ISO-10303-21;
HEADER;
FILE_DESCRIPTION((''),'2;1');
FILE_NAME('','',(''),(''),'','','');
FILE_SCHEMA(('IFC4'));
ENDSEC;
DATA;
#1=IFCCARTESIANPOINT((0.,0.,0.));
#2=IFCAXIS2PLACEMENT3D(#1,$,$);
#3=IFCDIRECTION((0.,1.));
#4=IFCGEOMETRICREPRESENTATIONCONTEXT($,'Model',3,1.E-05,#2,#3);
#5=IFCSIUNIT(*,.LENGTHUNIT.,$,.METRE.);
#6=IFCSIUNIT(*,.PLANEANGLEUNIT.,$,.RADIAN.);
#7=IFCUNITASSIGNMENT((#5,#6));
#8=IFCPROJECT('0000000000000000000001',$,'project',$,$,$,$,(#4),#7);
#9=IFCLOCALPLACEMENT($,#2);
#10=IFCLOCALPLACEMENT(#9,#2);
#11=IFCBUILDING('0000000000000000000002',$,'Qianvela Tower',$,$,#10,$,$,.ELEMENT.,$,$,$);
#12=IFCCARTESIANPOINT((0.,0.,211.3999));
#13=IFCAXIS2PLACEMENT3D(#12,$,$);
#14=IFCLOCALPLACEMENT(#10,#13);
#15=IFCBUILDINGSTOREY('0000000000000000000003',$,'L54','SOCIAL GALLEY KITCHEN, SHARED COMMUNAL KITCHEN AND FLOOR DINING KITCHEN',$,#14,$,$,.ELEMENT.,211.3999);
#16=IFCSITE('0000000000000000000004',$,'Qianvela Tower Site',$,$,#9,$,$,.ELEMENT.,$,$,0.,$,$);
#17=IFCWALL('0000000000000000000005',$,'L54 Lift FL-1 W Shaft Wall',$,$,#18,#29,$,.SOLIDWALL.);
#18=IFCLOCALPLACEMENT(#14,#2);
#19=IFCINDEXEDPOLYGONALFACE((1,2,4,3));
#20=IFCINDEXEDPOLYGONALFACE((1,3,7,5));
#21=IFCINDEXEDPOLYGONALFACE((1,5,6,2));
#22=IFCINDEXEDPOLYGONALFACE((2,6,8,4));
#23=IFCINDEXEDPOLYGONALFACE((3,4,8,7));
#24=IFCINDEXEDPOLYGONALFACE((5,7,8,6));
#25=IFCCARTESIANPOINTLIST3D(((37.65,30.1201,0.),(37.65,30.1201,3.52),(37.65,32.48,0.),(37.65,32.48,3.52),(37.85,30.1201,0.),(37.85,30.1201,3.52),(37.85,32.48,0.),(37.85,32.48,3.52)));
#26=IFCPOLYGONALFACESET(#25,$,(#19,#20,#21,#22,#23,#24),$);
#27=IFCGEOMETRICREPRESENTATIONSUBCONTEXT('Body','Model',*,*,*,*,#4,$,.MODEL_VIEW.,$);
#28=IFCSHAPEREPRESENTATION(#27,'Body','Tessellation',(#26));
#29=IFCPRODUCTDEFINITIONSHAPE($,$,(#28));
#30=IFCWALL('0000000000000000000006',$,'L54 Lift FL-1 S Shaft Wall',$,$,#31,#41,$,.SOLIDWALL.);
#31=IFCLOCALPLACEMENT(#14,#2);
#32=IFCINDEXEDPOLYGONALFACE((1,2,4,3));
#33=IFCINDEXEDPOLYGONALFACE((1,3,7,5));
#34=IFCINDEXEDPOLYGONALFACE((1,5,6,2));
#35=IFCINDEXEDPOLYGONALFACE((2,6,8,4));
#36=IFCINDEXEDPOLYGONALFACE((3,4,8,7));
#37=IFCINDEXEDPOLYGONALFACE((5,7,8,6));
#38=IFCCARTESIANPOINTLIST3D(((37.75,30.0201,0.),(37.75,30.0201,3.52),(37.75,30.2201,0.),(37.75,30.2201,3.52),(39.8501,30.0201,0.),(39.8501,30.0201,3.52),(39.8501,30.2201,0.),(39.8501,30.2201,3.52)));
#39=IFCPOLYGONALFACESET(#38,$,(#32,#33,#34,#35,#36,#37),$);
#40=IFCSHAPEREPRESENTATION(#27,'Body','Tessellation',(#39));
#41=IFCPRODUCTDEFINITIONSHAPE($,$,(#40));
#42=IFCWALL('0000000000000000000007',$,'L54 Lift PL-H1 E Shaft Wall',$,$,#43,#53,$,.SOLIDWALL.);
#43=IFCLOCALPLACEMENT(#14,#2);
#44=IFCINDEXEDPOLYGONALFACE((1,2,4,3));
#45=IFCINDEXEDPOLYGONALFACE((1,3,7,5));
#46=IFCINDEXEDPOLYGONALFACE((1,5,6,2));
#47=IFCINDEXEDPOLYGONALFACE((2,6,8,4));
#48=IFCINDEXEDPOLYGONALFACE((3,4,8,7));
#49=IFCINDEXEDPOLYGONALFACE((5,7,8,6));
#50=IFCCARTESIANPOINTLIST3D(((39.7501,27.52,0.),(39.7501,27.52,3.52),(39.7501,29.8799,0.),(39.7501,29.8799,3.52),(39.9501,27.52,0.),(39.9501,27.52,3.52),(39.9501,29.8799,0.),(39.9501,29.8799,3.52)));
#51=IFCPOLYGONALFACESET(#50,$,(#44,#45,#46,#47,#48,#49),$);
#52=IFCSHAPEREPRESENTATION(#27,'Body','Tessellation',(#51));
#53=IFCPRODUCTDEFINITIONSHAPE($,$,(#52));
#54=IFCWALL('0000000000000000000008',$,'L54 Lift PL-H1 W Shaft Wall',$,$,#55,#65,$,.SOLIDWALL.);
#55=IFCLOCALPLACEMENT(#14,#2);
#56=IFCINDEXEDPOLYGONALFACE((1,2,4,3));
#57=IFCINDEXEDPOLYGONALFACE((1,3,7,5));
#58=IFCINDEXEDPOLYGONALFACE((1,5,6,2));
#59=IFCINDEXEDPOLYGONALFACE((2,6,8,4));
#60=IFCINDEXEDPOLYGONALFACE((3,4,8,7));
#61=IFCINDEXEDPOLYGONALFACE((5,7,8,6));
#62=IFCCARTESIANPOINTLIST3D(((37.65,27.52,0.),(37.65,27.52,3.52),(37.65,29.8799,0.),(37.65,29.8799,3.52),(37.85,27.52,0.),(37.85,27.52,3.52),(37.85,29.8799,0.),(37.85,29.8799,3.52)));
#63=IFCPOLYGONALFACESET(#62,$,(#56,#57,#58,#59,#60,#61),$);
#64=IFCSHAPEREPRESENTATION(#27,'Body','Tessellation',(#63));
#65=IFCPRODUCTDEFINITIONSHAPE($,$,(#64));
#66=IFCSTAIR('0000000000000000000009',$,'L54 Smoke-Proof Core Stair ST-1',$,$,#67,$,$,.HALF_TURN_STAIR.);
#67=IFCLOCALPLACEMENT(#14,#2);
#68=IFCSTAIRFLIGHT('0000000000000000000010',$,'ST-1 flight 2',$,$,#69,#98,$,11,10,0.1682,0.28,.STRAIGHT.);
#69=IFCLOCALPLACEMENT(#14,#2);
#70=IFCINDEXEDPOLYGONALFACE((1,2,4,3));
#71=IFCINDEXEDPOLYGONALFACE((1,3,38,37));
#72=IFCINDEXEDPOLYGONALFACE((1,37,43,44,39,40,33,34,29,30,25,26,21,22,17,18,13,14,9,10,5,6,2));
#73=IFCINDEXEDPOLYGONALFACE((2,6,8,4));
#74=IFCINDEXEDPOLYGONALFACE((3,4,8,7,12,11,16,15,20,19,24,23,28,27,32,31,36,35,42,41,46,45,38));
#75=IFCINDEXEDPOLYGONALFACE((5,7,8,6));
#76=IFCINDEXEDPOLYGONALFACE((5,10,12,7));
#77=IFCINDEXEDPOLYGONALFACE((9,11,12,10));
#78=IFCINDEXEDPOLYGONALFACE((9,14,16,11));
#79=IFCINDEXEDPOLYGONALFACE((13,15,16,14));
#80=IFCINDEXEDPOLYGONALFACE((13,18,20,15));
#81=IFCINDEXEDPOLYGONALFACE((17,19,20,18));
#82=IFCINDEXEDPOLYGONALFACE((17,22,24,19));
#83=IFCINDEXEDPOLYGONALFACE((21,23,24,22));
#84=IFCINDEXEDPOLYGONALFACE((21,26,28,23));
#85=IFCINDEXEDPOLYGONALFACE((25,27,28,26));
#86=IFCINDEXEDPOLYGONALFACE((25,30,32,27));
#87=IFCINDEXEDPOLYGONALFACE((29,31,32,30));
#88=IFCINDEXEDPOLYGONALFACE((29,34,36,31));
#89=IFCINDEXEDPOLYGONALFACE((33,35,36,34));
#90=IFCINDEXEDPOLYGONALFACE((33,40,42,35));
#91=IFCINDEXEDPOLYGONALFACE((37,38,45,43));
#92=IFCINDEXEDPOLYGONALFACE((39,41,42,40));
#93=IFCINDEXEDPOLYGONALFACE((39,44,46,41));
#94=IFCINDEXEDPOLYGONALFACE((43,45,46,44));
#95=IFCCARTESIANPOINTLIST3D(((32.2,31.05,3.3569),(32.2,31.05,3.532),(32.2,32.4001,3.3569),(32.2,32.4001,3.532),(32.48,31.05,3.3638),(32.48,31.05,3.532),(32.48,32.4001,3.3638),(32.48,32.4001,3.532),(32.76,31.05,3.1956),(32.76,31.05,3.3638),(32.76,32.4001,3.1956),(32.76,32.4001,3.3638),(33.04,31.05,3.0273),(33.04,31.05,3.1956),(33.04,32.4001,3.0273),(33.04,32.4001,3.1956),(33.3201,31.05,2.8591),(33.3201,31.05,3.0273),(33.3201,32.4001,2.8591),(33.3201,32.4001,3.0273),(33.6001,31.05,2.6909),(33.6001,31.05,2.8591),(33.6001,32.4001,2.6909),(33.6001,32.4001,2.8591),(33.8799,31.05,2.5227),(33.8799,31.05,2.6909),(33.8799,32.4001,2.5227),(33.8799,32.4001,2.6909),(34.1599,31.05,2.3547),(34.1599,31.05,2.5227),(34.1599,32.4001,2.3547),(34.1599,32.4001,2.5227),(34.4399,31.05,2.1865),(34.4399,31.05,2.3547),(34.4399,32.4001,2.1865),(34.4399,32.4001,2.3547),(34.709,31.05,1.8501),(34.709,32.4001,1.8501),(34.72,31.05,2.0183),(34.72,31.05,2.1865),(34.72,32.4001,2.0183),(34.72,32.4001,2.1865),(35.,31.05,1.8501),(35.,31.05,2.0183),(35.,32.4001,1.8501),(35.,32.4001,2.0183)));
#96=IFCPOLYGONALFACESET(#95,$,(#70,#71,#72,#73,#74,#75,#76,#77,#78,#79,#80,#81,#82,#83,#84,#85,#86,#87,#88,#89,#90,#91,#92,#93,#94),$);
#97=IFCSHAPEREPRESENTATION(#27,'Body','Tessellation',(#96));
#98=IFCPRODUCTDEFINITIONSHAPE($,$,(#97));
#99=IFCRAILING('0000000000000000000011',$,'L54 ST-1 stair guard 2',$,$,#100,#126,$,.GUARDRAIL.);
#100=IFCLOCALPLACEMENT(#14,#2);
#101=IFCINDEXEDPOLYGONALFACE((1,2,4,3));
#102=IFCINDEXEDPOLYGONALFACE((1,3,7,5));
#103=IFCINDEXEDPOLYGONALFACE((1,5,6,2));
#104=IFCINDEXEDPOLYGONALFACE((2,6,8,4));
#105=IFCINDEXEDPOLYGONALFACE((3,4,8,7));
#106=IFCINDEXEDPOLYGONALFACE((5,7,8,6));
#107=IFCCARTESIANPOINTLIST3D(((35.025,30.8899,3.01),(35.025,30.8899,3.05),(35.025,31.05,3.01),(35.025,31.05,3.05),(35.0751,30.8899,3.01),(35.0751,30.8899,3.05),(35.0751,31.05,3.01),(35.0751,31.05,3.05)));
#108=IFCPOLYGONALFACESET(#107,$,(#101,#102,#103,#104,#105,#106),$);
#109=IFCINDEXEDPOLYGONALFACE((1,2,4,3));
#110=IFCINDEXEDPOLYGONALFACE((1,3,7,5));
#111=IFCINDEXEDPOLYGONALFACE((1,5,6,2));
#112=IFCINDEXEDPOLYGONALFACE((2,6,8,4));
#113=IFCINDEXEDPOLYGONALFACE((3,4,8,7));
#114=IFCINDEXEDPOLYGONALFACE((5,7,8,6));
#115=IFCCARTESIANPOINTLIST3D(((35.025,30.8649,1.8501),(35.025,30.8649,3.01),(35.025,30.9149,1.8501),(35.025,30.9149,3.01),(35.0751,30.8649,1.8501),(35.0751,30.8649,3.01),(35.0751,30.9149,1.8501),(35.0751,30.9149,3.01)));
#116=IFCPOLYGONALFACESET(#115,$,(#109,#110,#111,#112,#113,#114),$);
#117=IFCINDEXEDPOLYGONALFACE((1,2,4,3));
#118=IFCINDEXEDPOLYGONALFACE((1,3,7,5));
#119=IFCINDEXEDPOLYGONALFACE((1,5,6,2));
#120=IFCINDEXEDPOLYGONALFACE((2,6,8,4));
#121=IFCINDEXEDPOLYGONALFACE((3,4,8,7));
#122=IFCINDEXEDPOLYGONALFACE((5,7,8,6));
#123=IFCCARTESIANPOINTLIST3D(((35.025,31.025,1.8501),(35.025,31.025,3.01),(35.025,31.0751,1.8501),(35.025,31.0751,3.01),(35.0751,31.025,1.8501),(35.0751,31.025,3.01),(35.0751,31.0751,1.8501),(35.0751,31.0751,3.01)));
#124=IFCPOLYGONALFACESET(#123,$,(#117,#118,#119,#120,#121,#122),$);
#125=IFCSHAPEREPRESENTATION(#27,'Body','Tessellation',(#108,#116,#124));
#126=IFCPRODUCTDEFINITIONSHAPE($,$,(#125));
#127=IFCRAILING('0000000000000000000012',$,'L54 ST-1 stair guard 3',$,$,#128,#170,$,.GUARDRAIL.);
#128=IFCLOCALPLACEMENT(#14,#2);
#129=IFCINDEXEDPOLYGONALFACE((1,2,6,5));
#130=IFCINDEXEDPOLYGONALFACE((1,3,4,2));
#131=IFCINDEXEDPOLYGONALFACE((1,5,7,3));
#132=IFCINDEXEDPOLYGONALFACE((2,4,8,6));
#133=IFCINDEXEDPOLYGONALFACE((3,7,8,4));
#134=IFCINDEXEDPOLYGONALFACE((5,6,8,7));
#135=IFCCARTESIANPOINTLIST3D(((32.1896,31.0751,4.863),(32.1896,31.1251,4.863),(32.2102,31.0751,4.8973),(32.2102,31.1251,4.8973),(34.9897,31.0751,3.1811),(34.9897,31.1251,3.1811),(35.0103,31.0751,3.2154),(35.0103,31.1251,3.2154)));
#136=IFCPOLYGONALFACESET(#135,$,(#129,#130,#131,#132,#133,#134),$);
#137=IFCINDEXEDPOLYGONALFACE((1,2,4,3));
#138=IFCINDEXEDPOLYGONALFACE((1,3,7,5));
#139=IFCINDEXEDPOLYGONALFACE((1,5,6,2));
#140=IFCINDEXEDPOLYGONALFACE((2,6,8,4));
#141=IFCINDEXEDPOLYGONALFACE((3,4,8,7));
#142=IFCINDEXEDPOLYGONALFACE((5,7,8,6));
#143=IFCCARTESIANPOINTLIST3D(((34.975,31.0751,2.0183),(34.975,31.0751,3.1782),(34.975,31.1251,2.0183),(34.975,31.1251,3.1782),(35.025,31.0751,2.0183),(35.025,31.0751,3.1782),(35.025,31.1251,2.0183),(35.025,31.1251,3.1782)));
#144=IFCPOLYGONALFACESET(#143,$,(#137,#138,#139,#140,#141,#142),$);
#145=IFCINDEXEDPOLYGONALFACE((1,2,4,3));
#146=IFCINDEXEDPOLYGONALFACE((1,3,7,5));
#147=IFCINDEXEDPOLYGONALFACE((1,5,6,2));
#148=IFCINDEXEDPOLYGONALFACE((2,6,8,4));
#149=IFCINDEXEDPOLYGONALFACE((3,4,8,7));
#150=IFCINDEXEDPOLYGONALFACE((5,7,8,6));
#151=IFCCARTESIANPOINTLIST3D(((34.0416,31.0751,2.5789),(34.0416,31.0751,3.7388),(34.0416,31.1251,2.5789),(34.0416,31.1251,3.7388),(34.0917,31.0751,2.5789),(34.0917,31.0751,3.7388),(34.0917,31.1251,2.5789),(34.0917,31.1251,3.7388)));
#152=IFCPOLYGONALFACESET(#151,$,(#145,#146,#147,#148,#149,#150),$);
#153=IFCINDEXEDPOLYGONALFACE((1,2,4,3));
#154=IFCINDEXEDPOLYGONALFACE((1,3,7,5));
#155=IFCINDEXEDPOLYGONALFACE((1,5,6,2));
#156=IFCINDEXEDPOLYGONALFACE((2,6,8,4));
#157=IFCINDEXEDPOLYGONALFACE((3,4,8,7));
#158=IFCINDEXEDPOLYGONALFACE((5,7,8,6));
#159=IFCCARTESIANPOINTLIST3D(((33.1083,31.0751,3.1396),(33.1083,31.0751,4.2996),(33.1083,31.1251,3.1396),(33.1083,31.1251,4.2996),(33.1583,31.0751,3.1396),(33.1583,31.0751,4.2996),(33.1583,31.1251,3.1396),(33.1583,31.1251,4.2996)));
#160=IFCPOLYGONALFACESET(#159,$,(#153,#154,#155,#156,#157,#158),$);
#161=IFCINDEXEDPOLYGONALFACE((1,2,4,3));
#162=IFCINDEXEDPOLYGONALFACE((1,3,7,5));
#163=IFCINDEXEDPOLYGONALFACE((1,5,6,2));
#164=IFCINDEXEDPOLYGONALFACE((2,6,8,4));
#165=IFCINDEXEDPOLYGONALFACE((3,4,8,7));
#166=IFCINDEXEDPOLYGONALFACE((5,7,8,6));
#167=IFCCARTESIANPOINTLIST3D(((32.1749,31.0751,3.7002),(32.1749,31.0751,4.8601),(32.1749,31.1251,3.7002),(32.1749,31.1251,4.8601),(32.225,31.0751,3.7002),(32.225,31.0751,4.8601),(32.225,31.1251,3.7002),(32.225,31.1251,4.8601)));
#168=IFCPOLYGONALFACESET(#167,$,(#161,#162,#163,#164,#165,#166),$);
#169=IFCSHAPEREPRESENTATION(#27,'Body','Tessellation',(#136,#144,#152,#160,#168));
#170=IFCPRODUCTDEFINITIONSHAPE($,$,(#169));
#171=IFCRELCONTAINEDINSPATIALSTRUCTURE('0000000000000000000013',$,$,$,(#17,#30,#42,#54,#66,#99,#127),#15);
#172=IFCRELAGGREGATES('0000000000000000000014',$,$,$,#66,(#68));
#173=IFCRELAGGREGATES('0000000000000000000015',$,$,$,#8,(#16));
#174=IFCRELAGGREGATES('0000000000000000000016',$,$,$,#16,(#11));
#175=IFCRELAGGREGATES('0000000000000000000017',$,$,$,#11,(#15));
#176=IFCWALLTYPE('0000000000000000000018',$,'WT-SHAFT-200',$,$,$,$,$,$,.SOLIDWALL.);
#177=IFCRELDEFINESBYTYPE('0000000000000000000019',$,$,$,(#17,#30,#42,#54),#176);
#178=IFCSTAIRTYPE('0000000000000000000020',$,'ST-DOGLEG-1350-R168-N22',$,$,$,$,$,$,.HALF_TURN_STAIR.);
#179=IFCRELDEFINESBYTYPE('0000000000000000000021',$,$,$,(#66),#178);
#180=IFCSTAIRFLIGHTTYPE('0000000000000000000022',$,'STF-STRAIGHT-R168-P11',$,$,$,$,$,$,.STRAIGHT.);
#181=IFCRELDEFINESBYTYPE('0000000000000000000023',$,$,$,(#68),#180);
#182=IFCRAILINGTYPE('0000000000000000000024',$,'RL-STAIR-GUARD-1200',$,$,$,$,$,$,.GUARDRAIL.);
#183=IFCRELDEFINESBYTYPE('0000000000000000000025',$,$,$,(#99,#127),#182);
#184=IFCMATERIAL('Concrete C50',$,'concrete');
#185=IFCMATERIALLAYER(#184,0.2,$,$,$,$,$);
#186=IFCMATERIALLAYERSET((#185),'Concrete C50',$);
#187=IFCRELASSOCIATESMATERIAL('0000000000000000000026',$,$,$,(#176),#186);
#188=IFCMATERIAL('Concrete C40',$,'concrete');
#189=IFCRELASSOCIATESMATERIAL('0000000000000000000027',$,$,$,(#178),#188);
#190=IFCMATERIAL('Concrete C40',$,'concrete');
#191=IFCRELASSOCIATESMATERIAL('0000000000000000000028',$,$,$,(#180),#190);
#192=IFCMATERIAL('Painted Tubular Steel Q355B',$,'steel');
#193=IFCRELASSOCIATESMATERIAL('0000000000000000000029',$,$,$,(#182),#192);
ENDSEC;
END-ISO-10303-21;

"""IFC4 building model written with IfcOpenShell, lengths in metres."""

from ifc_helpers import new_model, si_unit, direction, frame, frame_2d, origin, origin_2d, place, context, subcontext, project, spatial, polyline, rectangle, outline, extrude, material, layer, layer_set, type_object, element, aggregate, save


model = new_model("IFC4")

# Units and contexts
model_context = context("Model", 3, precision=1e-05, world=origin(), true_north=direction((0.0, 1.0)))
body_context = subcontext(model_context, "Body", "Model", "MODEL_VIEW")
ifc_project = project(units=[si_unit("LENGTHUNIT", "METRE"), si_unit("PLANEANGLEUNIT", "RADIAN")], contexts=[model_context])

# Site, building, storey
site_placement = place(None, origin())
site = spatial("IfcSite", under=ifc_project, at=site_placement, Name="Qianvela Tower Site", CompositionType="ELEMENT", RefElevation=0.0)
building_placement = place(site_placement, origin())
building = spatial("IfcBuilding", under=site, at=building_placement, Name="Qianvela Tower", CompositionType="ELEMENT")
storey_placement = place(building_placement, frame((0.0, 0.0, 211.3999)))
storey = spatial("IfcBuildingStorey", under=building, at=storey_placement, Name="L54", Description="SOCIAL GALLEY KITCHEN, SHARED COMMUNAL KITCHEN AND FLOOR DINING KITCHEN", CompositionType="ELEMENT", Elevation=211.3999)

# Shared definitions
ifc_material_1 = material(Name="Concrete C50", Category="concrete")
ifc_layer_1 = layer(ifc_material_1, 0.2)
ifc_layer_set_1 = layer_set([ifc_layer_1], Name="Concrete C50")
wall_type_1 = type_object("IfcWallType", Name="WT-SHAFT-200", PredefinedType="SOLIDWALL", material=ifc_layer_set_1)

# Walls
wall_1_placement = place(storey_placement, frame((37.75, 30.1201, 0.0), z_axis=(0.0, 0.0, 1.0), x_axis=(0.0, 1.0, 0.0)))
element("IfcWall", 1, at=wall_1_placement, inside=storey, type_object=wall_type_1, Name="L54 Lift FL-1 W Shaft Wall", PredefinedType="SOLIDWALL", context=body_context, shape_type="SweptSolid", body=[
    extrude(rectangle(XDim=2.3599, YDim=0.2, at=frame_2d((1.1799, 0.0))), origin(), (0.0, 0.0, 1.0), 3.52),
])
wall_2_placement = place(storey_placement, frame((37.75, 30.1201, 0.0), z_axis=(0.0, 0.0, 1.0), x_axis=(1.0, 0.0, 0.0)))
element("IfcWall", 2, at=wall_2_placement, inside=storey, type_object=wall_type_1, Name="L54 Lift FL-1 S Shaft Wall", PredefinedType="SOLIDWALL", context=body_context, shape_type="SweptSolid", body=[
    extrude(rectangle(XDim=2.1001, YDim=0.2, at=frame_2d((1.05, 0.0))), origin(), (0.0, 0.0, 1.0), 3.52),
])

# Walls
for number, where, z_axis, x_axis, name in (
    (3, (39.8501, 27.52, 0.0), (0.0, 0.0, 1.0), (0.0, 1.0, 0.0), "L54 Lift PL-H1 E Shaft Wall"),
    (4, (37.75, 27.52, 0.0), (0.0, 0.0, 1.0), (0.0, 1.0, 0.0), "L54 Lift PL-H1 W Shaft Wall"),
):
    element("IfcWall", number, at=place(storey_placement, frame(where, z_axis=z_axis, x_axis=x_axis)), inside=storey, type_object=wall_type_1, Name=name, PredefinedType="SOLIDWALL", context=body_context, shape_type="SweptSolid", body=[
        extrude(rectangle(XDim=2.3599, YDim=0.2, at=frame_2d((1.1799, 0.0))), origin(), (0.0, 0.0, 1.0), 3.52),
    ])

# Stair, stair flight
ifc_material_2 = material(Name="Concrete C40", Category="concrete")
stair_type = type_object("IfcStairType", Name="ST-DOGLEG-1350-R168-N22", PredefinedType="HALF_TURN_STAIR", material=ifc_material_2)
stair_placement = place(storey_placement, origin())
stair = element("IfcStair", 5, at=stair_placement, inside=storey, type_object=stair_type, Name="L54 Smoke-Proof Core Stair ST-1", PredefinedType="HALF_TURN_STAIR")
ifc_material_3 = material(Name="Concrete C40", Category="concrete")
stair_flight_type = type_object("IfcStairFlightType", Name="STF-STRAIGHT-R168-P11", PredefinedType="STRAIGHT", material=ifc_material_3)
stair_flight_placement = place(storey_placement, frame((35.0, 31.7251, 1.8501), z_axis=(0.0, 0.0, 1.0), x_axis=(-1.0, 0.0, 0.0)))
stair_flight = element("IfcStairFlight", 6, at=stair_flight_placement, type_object=stair_flight_type, Name="ST-1 flight 2", NumberOfRisers=11, NumberOfTreads=10, PredefinedType="STRAIGHT", RiserHeight=0.1682, TreadLength=0.28, context=body_context, shape_type="SweptSolid", body=[
    extrude(outline(polyline([(0.0, 0.0), (0.0, 0.1682), (0.28, 0.1682), (0.28, 0.3364), (0.5601, 0.3364), (0.5601, 0.5046), (0.8401, 0.5046), (0.8401, 0.6726), (1.1201, 0.6726), (1.1201, 0.8408), (1.3999, 0.8408), (1.3999, 1.009), (1.6799, 1.009), (1.6799, 1.1772), (1.96, 1.1772), (1.96, 1.3455), (2.24, 1.3455), (2.24, 1.5137), (2.52, 1.5137), (2.52, 1.6819), (2.8, 1.6819), (2.8, 1.8501), (2.8, 1.5068), (0.291, 0.0), (0.0, 0.0)])), frame((0.0, 0.675, 0.0), z_axis=(0.0, -1.0, 0.0), x_axis=(1.0, 0.0, 0.0)), (0.0, 0.0, 1.0), 1.3501),
])
aggregate(stair, [stair_flight])

# Railings
ifc_material_4 = material(Name="Painted Tubular Steel Q355B", Category="steel")
railing_type_1 = type_object("IfcRailingType", Name="RL-STAIR-GUARD-1200", PredefinedType="GUARDRAIL", material=ifc_material_4)
railing_1_placement = place(storey_placement, frame((35.05, 30.8899, 1.8501)))
element("IfcRailing", 7, at=railing_1_placement, inside=storey, type_object=railing_type_1, Name="L54 ST-1 stair guard 2", PredefinedType="GUARDRAIL", context=body_context, shape_type="SweptSolid", body=[
    extrude(rectangle(XDim=0.05, YDim=0.04, at=origin_2d()), frame((0.0, 0.0, 1.1799), z_axis=(0.0, 1.0, 0.0), x_axis=(-1.0, 0.0, 0.0)), (0.0, 0.0, 1.0), 0.1602),
    extrude(rectangle(XDim=0.05, YDim=0.05, at=origin_2d()), origin(), (0.0, 0.0, 1.0), 1.1599),
    extrude(rectangle(XDim=0.05, YDim=0.05, at=origin_2d()), frame((0.0, 0.1602, 0.0)), (0.0, 0.0, 1.0), 1.1599),
])
railing_2_placement = place(storey_placement, frame((35.0, 31.1001, 2.0183)))
element("IfcRailing", 8, at=railing_2_placement, inside=storey, type_object=railing_type_1, Name="L54 ST-1 stair guard 3", PredefinedType="GUARDRAIL", context=body_context, shape_type="SweptSolid", body=[
    extrude(rectangle(XDim=0.05, YDim=0.04, at=origin_2d()), frame((0.0, 0.0, 1.1799), z_axis=(-0.857242, 0.0, 0.514913), x_axis=(0.0, -1.0, 0.0)), (0.0, 0.0, 1.0), 3.2664),
    extrude(rectangle(XDim=0.05, YDim=0.05, at=origin_2d()), origin(), (0.0, 0.0, 1.0), 1.1599),
    extrude(rectangle(XDim=0.05, YDim=0.05, at=origin_2d()), frame((-0.9333, 0.0, 0.5605)), (0.0, 0.0, 1.0), 1.1599),
    extrude(rectangle(XDim=0.05, YDim=0.05, at=origin_2d()), frame((-1.8667, 0.0, 1.1213)), (0.0, 0.0, 1.0), 1.1599),
    extrude(rectangle(XDim=0.05, YDim=0.05, at=origin_2d()), frame((-2.8, 0.0, 1.6819)), (0.0, 0.0, 1.0), 1.1599),
])

save(model, "model.ifc")
